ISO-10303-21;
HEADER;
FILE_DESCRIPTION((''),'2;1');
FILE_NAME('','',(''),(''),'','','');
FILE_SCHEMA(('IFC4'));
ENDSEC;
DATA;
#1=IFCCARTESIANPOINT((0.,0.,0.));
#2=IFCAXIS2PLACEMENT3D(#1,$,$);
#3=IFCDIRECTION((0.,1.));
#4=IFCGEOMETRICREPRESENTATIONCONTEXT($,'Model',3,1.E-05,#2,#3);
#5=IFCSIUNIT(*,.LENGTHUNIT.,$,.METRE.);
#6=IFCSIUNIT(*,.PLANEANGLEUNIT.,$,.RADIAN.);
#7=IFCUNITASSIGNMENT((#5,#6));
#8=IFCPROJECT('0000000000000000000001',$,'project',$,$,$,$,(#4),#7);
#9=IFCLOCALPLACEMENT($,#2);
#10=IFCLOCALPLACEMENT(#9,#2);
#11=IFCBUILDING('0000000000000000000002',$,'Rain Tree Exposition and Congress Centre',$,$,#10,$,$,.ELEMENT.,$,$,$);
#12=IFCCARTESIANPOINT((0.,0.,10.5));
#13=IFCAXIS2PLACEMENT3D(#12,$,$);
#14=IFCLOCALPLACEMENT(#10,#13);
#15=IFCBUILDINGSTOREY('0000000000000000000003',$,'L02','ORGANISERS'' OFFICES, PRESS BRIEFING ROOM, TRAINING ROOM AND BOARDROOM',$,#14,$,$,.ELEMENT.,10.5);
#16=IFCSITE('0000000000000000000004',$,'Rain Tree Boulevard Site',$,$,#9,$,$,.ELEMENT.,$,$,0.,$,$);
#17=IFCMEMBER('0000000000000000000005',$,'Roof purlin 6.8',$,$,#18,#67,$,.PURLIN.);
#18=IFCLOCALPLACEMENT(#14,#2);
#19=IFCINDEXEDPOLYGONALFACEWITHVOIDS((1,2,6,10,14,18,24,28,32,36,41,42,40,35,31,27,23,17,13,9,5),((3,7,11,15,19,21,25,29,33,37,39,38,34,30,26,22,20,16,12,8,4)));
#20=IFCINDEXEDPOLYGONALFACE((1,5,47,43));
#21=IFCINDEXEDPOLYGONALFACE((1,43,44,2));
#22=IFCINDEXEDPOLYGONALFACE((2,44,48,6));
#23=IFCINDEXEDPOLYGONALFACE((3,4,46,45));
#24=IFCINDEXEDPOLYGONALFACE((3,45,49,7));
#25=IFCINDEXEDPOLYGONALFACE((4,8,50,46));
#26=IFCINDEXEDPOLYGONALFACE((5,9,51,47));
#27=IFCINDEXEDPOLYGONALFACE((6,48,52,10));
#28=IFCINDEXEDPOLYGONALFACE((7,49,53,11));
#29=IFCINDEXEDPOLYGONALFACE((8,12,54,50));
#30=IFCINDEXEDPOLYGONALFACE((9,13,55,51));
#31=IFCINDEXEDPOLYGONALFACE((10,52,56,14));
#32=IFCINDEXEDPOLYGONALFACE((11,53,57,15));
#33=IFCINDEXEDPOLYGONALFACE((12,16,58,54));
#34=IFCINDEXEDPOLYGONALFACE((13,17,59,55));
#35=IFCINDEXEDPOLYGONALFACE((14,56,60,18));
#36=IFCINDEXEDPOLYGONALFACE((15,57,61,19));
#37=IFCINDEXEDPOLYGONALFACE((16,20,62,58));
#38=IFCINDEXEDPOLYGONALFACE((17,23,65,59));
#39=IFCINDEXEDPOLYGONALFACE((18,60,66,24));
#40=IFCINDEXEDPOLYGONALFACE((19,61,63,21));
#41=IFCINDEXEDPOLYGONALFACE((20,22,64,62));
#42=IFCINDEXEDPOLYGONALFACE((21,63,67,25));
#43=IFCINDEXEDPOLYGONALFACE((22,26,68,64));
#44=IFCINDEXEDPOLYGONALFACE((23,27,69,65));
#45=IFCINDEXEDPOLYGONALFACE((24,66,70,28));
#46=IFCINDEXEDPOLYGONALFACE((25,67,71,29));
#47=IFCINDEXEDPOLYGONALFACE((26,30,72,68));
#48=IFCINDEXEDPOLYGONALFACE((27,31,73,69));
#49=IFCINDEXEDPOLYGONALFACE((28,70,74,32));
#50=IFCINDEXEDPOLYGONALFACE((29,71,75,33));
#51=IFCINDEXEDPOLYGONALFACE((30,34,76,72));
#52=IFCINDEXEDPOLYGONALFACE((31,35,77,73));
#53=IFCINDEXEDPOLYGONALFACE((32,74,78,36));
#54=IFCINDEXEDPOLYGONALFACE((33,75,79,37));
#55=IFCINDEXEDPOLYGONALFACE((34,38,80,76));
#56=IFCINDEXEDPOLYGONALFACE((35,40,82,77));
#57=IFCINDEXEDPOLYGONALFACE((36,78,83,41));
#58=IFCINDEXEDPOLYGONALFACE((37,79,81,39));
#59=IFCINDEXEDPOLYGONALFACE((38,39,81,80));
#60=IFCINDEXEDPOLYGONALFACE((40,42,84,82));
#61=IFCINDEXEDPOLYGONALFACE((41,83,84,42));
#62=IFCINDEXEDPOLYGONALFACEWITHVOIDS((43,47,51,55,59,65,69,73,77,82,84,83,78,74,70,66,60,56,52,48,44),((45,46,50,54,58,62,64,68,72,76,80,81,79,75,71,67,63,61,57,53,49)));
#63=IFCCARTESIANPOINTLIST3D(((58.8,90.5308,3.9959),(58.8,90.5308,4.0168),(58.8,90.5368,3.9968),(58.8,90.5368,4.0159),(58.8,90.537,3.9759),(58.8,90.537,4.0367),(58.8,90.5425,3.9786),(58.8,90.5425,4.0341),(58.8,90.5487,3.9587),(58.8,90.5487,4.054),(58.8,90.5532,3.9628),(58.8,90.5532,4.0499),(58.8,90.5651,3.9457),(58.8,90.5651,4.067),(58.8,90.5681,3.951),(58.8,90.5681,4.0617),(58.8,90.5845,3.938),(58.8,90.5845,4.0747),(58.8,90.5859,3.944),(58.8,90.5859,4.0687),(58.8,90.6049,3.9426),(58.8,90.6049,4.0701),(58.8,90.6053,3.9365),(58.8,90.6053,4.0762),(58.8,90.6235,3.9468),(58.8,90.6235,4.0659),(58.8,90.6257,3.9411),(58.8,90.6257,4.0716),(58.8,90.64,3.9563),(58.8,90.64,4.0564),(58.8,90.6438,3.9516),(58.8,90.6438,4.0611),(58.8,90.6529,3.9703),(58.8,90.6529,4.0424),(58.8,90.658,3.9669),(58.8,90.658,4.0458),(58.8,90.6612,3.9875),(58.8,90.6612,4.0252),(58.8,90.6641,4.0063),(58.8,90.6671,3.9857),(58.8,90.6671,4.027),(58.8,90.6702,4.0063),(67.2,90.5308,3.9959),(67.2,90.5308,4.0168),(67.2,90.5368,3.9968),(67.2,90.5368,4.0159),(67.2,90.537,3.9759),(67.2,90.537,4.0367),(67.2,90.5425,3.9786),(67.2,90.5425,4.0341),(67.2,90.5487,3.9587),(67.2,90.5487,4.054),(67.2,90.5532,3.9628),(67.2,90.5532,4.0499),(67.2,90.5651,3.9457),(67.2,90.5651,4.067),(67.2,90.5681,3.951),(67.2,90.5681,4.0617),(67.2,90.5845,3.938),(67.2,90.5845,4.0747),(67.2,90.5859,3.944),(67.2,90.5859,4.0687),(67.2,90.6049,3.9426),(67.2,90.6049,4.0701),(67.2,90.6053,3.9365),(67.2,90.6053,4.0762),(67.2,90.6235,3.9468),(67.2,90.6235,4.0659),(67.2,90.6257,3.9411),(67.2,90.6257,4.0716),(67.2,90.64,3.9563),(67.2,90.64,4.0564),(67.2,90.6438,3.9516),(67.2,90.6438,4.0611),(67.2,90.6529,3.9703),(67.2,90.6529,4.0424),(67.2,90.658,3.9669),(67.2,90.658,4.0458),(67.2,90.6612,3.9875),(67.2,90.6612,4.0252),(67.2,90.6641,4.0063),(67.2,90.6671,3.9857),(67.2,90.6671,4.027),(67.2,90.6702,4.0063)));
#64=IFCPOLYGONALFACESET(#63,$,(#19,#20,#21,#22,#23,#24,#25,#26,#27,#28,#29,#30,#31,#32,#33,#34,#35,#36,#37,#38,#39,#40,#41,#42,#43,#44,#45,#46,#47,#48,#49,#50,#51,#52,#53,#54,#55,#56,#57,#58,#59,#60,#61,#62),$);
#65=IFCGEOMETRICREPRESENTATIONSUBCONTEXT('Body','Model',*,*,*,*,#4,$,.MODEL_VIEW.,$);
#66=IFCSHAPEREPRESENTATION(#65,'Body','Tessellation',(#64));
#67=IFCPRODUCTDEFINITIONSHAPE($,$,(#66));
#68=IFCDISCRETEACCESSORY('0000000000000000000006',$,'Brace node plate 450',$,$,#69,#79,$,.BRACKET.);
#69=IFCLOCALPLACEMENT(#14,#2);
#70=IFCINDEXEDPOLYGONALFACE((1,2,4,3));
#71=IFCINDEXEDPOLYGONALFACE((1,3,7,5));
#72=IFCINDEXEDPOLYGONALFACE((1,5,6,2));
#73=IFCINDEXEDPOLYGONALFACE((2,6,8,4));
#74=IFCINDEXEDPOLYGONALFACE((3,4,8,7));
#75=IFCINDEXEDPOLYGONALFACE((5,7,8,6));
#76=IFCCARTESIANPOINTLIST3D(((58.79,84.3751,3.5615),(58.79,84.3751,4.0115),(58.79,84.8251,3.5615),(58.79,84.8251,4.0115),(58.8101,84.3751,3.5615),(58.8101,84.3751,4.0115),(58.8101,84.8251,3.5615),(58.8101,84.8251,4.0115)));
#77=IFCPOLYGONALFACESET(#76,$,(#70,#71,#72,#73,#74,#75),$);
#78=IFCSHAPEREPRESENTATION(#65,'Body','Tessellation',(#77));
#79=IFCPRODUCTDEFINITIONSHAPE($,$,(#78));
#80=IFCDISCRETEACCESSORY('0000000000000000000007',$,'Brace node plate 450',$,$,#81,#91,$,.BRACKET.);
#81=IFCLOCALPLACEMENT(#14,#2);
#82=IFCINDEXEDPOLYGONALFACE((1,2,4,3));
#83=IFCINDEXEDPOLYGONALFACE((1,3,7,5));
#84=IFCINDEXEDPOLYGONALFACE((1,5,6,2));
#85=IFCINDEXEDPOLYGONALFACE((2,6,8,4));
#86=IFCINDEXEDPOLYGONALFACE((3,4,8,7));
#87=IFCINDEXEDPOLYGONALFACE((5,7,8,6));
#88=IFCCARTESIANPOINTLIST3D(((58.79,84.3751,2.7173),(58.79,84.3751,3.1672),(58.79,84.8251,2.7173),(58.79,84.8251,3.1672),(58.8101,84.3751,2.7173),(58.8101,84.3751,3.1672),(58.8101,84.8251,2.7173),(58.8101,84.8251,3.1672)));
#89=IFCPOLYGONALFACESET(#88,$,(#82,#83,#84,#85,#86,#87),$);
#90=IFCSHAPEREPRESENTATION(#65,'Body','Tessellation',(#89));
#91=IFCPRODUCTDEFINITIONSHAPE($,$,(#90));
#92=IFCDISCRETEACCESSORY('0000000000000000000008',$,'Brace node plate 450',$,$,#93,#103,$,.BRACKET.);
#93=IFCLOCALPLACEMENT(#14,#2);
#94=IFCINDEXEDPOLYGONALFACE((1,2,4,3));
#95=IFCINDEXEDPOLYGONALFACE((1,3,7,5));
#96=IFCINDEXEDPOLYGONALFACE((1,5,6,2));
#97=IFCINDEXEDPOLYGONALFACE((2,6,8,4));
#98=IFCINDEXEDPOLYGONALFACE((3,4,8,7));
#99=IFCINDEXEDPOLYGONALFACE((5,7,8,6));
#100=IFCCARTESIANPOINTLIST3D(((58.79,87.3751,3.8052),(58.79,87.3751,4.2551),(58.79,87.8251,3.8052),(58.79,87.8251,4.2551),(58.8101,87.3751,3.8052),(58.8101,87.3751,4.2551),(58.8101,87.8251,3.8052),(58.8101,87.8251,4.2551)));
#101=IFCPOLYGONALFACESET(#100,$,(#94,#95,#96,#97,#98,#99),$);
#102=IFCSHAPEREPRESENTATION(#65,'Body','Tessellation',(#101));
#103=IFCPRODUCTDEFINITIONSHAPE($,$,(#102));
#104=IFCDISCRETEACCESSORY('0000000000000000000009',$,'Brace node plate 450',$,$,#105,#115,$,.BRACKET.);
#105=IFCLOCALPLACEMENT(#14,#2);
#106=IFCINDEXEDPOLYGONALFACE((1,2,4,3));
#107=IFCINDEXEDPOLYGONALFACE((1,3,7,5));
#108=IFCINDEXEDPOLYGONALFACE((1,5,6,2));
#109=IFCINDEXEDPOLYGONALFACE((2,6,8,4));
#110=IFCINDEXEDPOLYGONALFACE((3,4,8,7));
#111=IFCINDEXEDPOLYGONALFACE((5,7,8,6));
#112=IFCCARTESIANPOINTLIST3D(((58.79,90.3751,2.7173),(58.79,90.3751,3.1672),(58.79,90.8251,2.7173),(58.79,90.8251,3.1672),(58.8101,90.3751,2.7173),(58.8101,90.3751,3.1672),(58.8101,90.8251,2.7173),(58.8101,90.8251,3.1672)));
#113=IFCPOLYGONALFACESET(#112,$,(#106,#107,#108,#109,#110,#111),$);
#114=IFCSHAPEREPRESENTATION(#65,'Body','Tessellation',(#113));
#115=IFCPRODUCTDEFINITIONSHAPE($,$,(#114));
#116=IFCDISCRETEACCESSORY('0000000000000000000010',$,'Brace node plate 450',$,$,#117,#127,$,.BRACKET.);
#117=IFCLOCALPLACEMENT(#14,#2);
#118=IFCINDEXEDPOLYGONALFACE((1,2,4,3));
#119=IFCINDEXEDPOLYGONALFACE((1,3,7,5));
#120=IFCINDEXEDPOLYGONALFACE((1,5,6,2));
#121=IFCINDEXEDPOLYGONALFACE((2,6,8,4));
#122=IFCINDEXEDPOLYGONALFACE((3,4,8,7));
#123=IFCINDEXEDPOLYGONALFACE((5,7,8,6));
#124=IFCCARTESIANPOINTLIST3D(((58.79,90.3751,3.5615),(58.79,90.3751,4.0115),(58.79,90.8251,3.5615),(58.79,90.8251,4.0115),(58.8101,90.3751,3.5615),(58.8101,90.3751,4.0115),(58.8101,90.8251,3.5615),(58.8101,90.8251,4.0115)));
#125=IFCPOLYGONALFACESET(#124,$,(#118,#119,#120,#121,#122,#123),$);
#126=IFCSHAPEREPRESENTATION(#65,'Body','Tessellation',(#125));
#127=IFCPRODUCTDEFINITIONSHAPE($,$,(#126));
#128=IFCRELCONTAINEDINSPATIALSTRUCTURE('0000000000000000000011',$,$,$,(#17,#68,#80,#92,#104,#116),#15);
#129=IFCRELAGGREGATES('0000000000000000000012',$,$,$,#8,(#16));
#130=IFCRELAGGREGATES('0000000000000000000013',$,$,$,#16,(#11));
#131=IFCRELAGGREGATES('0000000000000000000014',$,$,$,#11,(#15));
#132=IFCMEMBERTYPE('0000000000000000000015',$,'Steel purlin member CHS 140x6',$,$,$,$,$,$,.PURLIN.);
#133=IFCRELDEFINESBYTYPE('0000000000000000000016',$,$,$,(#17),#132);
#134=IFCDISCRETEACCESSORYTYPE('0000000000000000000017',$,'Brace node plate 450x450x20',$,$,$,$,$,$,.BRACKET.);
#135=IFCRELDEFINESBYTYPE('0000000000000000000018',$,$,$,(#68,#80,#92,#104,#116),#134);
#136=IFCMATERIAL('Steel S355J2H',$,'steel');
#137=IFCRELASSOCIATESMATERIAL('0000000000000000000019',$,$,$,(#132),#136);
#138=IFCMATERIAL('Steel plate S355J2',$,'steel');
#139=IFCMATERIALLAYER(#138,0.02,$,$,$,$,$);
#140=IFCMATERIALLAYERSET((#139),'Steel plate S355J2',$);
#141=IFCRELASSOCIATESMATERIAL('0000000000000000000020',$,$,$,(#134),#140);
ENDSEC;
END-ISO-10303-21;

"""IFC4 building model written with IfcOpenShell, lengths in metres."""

from ifc_helpers import new_model, si_unit, direction, frame, origin, origin_2d, place, context, subcontext, project, spatial, rectangle, hollow_circle, extrude, material, layer, layer_set, material_profile, profile_set, type_object, element, save


model = new_model("IFC4")

# Units and contexts
model_context = context("Model", 3, precision=1e-05, world=origin(), true_north=direction((0.0, 1.0)))
body_context = subcontext(model_context, "Body", "Model", "MODEL_VIEW")
ifc_project = project(units=[si_unit("LENGTHUNIT", "METRE"), si_unit("PLANEANGLEUNIT", "RADIAN")], contexts=[model_context])

# Site, building, storey
site_placement = place(None, origin())
site = spatial("IfcSite", under=ifc_project, at=site_placement, Name="Rain Tree Boulevard Site", CompositionType="ELEMENT", RefElevation=0.0)
building_placement = place(site_placement, origin())
building = spatial("IfcBuilding", under=site, at=building_placement, Name="Rain Tree Exposition and Congress Centre", CompositionType="ELEMENT")
storey_placement = place(building_placement, frame((0.0, 0.0, 10.5)))
storey = spatial("IfcBuildingStorey", under=building, at=storey_placement, Name="L02", Description="ORGANISERS' OFFICES, PRESS BRIEFING ROOM, TRAINING ROOM AND BOARDROOM", CompositionType="ELEMENT", Elevation=10.5)

# Member
ifc_material_1 = material(Name="Steel S355J2H", Category="steel")
ifc_material_profile_1 = material_profile(ifc_material_1, hollow_circle(Radius=0.0701, WallThickness=0.0061, at=origin_2d()), Name="CHS 140x6")
ifc_profile_set_1 = profile_set([ifc_material_profile_1], Name="Steel S355J2H")
member_type_1 = type_object("IfcMemberType", Name="Steel purlin member CHS 140x6", PredefinedType="PURLIN", material=ifc_profile_set_1)
for number, where, z_axis, x_axis, name in (
    (1, (58.8, 90.6001, 4.0063), (1.0, 0.0, 0.0), (0.0, 1.0, 0.0), "Roof purlin 6.8"),
):
    element("IfcMember", number, at=place(storey_placement, frame(where, z_axis=z_axis, x_axis=x_axis)), inside=storey, type_object=member_type_1, Name=name, PredefinedType="PURLIN", context=body_context, shape_type="SweptSolid", body=[
        extrude(hollow_circle(Radius=0.0701, WallThickness=0.0061, at=origin_2d()), origin(), (0.0, 0.0, 1.0), 8.3999),
    ])

# Discrete accessories
ifc_material_2 = material(Name="Steel plate S355J2", Category="steel")
ifc_layer = layer(ifc_material_2, 0.02)
ifc_layer_set = layer_set([ifc_layer], Name="Steel plate S355J2")
discrete_accessory_type = type_object("IfcDiscreteAccessoryType", Name="Brace node plate 450x450x20", PredefinedType="BRACKET", material=ifc_layer_set)
for number, where, z_axis, x_axis, name in (
    (2, (58.8, 84.6001, 3.5615), (0.0, 0.0, 1.0), (0.0, -1.0, 0.0), "Brace node plate 450"),
    (3, (58.8, 84.6001, 2.7173), (0.0, 0.0, 1.0), (0.0, 1.0, 0.0), "Brace node plate 450"),
    (4, (58.8, 87.6001, 3.8052), (0.0, 0.0, 1.0), (0.0, 1.0, 0.0), "Brace node plate 450"),
    (5, (58.8, 90.6001, 2.7173), (0.0, 0.0, 1.0), (0.0, -1.0, 0.0), "Brace node plate 450"),
    (6, (58.8, 90.6001, 3.5615), (0.0, 0.0, 1.0), (0.0, 1.0, 0.0), "Brace node plate 450"),
):
    element("IfcDiscreteAccessory", number, at=place(storey_placement, frame(where, z_axis=z_axis, x_axis=x_axis)), inside=storey, type_object=discrete_accessory_type, Name=name, PredefinedType="BRACKET", context=body_context, shape_type="SweptSolid", body=[
        extrude(rectangle(XDim=0.45, YDim=0.02, at=origin_2d()), origin(), (0.0, 0.0, 1.0), 0.45),
    ])

save(model, "model.ifc")
